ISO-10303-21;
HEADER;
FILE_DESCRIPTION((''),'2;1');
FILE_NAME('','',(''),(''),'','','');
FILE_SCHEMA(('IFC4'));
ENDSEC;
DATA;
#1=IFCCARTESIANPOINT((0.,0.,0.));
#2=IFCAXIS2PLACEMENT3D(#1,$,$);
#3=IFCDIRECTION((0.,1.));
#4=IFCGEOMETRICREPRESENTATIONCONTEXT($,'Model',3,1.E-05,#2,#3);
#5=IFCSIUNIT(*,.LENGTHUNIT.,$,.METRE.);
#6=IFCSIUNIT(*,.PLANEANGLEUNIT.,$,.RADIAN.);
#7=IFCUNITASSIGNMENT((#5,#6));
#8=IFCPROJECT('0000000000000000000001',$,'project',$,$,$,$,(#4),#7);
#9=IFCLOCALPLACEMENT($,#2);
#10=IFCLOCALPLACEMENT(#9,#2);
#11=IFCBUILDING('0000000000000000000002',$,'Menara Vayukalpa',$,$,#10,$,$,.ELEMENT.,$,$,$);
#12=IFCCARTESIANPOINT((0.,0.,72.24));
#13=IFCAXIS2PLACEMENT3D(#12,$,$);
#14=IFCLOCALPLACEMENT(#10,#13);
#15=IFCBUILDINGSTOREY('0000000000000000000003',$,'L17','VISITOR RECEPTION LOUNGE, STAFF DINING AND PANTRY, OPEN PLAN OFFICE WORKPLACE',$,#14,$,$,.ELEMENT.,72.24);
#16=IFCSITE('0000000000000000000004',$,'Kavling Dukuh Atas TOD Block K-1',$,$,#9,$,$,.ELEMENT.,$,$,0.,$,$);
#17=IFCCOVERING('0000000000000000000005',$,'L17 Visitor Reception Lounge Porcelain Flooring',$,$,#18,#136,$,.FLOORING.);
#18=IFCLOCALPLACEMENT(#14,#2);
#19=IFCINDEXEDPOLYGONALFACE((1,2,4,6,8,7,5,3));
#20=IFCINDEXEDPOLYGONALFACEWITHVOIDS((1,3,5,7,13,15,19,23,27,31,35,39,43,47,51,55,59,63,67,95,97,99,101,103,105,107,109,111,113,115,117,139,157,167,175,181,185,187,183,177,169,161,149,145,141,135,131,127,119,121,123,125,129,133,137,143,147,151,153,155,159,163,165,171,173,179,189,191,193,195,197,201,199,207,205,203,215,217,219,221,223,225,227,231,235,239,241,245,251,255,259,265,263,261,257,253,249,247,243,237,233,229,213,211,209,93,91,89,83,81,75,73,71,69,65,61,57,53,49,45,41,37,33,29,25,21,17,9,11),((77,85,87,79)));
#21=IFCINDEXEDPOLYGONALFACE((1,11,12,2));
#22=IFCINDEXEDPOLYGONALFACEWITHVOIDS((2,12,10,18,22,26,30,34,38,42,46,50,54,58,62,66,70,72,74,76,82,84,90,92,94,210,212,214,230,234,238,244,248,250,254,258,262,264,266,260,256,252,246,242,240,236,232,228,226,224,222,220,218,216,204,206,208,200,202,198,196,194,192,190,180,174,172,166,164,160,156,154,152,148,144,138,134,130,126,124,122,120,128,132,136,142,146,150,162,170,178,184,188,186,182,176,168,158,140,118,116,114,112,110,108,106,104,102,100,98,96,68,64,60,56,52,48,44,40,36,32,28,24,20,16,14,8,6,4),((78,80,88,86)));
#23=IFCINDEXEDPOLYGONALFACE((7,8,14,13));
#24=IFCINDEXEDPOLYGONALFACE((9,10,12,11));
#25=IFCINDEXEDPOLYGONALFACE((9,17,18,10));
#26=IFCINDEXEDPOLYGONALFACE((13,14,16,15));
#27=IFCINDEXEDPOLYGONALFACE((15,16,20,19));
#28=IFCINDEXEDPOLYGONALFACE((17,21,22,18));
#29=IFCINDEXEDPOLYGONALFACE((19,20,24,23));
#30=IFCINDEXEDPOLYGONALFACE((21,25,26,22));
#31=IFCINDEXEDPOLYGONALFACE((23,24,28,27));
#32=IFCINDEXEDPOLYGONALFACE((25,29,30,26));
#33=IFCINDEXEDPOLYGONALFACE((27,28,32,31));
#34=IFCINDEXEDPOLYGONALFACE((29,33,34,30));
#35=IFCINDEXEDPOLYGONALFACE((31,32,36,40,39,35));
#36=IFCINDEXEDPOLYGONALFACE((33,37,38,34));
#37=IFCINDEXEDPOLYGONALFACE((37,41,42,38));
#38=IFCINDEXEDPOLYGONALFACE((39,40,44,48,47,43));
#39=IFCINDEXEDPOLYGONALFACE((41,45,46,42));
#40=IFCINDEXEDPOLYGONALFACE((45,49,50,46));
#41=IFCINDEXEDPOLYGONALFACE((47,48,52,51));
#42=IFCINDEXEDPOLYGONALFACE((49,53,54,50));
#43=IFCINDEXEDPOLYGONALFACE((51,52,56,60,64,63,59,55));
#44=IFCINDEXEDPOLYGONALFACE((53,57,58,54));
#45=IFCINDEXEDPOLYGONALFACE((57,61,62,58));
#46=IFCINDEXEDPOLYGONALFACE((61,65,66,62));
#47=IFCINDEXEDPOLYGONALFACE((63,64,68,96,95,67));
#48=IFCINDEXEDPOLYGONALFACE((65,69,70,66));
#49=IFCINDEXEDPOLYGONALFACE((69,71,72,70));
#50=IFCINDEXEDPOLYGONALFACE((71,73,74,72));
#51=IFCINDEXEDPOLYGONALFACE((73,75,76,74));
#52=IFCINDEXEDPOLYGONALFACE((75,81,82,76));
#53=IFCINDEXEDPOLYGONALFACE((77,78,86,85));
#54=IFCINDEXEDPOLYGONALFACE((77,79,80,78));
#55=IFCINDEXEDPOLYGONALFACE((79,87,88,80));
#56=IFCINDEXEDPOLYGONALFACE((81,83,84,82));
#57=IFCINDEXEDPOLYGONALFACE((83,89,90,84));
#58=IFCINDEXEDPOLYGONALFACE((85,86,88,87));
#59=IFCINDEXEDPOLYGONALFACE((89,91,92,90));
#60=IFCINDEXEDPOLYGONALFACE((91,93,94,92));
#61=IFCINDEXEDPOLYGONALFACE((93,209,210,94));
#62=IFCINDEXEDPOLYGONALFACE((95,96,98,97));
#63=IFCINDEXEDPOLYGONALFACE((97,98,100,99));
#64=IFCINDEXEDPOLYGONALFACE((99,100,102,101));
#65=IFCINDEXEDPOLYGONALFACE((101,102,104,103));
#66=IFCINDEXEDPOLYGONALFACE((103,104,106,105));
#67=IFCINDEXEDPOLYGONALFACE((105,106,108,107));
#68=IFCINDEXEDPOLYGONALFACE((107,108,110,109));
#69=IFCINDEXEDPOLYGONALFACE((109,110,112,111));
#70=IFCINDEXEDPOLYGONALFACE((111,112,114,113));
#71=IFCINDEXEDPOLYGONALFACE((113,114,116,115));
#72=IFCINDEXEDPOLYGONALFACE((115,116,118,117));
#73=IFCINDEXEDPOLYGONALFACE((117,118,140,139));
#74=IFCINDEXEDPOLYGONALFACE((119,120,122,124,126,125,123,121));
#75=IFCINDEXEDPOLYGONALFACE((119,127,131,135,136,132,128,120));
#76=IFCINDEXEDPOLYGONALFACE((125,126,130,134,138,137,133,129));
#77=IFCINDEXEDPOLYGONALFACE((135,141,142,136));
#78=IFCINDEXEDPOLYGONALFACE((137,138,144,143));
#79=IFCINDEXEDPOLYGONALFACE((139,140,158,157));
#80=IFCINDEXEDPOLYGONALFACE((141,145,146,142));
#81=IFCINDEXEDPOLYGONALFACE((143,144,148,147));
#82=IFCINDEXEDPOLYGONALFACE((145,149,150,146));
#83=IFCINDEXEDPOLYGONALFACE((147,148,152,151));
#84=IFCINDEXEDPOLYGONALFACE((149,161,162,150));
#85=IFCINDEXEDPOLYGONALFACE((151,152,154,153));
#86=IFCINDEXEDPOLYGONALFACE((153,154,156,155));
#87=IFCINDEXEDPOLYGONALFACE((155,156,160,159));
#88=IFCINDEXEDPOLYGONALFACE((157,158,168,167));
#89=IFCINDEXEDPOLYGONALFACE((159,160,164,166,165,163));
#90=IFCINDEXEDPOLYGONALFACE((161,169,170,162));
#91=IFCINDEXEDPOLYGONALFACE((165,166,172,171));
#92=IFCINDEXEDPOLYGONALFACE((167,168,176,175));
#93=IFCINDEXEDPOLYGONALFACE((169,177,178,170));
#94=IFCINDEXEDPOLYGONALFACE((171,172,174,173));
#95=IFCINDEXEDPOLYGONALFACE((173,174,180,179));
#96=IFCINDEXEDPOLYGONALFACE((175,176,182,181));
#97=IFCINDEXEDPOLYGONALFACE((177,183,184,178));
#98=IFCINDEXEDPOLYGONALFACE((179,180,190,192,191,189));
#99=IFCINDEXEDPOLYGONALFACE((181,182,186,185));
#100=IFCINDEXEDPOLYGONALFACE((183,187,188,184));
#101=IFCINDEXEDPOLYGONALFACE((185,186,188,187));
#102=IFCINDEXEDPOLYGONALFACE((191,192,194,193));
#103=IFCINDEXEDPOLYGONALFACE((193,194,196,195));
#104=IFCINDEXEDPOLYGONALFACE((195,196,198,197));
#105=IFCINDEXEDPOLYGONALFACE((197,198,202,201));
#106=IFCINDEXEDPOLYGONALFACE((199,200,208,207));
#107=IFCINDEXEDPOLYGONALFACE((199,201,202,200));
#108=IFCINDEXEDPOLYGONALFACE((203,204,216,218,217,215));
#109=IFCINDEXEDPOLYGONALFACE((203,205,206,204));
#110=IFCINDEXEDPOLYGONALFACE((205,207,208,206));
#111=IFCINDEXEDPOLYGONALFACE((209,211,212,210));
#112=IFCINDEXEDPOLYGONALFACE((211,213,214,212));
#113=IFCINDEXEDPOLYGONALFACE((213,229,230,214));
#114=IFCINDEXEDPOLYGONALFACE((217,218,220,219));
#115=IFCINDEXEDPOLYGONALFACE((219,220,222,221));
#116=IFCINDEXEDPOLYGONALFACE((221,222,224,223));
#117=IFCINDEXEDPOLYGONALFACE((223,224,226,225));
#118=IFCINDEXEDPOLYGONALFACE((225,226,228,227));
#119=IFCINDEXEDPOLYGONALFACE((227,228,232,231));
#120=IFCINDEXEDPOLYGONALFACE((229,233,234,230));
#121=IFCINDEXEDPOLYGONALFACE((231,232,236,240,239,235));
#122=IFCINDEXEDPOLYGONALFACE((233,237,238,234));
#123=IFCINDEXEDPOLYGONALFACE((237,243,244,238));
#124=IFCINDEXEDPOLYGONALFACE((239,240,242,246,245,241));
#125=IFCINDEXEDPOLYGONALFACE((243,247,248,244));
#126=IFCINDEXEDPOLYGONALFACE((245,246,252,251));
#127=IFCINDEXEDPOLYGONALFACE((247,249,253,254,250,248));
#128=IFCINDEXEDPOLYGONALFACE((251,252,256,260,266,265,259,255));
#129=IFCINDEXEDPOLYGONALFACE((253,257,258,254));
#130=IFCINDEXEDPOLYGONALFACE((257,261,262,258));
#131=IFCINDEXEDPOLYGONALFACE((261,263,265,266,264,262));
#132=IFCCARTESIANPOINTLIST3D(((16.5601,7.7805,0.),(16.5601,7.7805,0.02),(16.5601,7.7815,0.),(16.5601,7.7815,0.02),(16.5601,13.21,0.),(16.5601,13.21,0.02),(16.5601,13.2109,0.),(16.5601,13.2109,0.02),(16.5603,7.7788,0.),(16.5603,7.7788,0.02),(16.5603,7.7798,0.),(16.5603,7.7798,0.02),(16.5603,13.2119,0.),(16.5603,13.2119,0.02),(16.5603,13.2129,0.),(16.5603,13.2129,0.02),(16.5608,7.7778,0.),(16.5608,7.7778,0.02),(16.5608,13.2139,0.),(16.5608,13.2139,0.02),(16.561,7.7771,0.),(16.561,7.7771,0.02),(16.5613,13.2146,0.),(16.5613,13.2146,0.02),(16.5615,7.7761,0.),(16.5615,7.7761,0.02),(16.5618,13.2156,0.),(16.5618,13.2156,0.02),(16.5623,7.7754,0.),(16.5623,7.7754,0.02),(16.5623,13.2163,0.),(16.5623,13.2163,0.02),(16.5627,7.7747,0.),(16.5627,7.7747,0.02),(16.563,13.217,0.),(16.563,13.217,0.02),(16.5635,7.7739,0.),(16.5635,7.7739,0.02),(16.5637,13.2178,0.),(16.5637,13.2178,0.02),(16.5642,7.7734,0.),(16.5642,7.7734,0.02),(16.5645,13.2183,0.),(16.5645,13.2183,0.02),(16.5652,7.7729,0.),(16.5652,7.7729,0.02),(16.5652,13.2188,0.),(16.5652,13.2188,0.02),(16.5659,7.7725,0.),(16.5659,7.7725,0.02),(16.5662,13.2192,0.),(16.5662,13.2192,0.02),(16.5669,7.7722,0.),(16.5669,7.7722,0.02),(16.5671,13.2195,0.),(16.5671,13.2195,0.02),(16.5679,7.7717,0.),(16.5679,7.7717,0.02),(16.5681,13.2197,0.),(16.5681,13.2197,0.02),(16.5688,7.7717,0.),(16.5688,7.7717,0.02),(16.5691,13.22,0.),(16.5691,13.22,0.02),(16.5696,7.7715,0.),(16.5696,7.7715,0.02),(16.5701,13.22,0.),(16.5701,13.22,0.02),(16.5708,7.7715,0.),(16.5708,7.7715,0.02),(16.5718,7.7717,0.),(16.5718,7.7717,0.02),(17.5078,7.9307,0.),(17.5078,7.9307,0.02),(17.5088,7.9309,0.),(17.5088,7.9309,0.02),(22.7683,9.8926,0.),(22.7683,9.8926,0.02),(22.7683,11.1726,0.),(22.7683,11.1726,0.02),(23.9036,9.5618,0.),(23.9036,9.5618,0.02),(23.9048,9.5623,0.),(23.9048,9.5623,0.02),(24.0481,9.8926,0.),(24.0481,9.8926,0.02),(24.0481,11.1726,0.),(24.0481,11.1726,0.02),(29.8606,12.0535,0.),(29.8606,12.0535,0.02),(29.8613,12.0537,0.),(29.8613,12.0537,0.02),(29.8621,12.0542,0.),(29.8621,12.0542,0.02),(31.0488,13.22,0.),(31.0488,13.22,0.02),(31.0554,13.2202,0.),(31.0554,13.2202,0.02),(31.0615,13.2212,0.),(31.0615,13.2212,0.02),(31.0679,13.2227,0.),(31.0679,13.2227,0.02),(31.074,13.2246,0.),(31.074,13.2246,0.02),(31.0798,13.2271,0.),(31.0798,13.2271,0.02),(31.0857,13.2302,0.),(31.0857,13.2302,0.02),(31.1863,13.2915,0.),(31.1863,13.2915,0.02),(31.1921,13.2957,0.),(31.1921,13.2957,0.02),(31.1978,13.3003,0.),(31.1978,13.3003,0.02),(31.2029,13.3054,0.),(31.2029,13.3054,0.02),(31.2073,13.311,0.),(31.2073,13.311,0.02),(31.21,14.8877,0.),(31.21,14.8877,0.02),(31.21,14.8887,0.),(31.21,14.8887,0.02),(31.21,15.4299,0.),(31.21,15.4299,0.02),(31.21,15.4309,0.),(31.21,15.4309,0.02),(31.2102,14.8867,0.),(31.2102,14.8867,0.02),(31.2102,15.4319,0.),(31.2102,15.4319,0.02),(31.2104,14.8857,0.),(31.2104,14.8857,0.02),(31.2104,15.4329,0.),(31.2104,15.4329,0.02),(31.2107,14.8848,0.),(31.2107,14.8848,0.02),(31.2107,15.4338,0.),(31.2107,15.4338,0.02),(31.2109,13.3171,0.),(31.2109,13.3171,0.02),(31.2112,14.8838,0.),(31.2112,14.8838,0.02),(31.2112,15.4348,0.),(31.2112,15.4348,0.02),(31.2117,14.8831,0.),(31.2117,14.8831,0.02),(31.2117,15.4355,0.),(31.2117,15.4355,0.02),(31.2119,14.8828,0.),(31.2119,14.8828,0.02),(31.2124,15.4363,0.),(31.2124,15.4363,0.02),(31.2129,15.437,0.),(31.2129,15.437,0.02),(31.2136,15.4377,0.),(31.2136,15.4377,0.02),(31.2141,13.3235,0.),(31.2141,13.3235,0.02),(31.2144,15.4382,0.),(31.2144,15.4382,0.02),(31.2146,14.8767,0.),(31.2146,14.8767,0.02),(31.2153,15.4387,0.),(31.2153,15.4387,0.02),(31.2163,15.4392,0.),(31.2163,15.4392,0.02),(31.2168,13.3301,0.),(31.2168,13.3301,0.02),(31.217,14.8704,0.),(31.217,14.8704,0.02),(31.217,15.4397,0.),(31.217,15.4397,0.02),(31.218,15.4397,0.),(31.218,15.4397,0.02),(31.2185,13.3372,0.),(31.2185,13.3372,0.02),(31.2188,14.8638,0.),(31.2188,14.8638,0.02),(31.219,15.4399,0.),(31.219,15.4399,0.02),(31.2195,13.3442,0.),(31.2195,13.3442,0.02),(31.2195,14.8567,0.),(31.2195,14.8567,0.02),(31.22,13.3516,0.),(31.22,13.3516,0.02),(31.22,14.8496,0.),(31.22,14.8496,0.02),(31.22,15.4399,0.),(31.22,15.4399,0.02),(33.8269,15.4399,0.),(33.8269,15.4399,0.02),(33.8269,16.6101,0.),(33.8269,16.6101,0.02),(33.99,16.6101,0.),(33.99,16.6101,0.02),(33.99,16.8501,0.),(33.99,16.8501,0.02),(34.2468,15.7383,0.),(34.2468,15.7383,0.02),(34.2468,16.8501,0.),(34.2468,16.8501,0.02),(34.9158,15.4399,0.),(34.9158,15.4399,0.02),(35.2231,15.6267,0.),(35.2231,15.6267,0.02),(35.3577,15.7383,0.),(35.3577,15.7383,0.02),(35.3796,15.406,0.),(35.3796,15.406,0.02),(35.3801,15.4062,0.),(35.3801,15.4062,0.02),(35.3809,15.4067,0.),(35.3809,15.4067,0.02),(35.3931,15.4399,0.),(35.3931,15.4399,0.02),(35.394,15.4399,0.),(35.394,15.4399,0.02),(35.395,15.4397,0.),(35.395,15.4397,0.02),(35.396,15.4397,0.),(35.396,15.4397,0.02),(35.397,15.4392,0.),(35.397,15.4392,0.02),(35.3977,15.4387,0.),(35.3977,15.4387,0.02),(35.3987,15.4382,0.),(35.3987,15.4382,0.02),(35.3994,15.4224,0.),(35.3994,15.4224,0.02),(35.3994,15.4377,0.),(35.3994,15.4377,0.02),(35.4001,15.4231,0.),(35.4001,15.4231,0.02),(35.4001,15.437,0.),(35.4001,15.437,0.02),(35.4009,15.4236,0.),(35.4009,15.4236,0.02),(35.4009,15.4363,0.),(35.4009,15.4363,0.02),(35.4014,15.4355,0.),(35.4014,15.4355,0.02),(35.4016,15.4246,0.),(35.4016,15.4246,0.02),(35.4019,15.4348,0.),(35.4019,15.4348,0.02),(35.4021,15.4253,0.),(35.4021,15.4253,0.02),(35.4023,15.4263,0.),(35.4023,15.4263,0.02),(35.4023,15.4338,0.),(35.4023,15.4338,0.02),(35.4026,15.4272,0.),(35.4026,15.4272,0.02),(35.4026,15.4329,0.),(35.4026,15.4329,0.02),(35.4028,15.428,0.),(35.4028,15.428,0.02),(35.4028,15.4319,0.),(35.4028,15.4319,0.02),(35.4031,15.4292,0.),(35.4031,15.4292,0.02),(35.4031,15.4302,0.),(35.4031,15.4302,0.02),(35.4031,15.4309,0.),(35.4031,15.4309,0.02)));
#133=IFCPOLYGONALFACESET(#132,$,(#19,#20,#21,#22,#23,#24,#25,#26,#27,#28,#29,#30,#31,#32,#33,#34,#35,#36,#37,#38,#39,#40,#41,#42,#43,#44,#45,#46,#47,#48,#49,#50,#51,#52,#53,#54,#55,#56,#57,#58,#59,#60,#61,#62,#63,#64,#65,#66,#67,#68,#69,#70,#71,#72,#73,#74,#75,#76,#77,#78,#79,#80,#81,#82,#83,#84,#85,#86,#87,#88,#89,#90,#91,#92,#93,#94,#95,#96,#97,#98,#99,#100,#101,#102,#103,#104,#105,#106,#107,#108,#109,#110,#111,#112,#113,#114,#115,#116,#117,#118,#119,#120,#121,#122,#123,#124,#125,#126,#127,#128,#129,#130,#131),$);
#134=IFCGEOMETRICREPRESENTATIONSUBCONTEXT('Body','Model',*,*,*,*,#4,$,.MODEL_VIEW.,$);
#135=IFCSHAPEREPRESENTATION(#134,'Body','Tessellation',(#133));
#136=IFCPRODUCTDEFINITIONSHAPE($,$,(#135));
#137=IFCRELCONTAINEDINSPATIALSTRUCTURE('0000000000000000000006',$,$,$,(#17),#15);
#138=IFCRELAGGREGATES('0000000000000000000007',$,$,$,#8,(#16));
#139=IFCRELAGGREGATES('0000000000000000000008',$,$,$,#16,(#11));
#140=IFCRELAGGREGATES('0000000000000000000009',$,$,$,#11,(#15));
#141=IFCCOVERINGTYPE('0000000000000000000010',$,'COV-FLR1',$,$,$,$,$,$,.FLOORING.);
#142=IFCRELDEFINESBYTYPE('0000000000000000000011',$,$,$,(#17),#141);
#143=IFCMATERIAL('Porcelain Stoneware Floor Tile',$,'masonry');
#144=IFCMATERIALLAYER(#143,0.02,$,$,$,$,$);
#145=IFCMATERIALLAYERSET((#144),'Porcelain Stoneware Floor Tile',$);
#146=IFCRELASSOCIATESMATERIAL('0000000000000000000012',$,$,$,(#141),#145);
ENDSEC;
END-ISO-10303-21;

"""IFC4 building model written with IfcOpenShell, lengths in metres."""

from ifc_helpers import new_model, si_unit, direction, frame, origin, place, context, subcontext, project, spatial, polyline, outline, extrude, material, layer, layer_set, type_object, element, save


model = new_model("IFC4")

# Units and contexts
model_context = context("Model", 3, precision=1e-05, world=origin(), true_north=direction((0.0, 1.0)))
body_context = subcontext(model_context, "Body", "Model", "MODEL_VIEW")
ifc_project = project(units=[si_unit("LENGTHUNIT", "METRE"), si_unit("PLANEANGLEUNIT", "RADIAN")], contexts=[model_context])

# Site, building, storey
site_placement = place(None, origin())
site = spatial("IfcSite", under=ifc_project, at=site_placement, Name="Kavling Dukuh Atas TOD Block K-1", CompositionType="ELEMENT", RefElevation=0.0)
building_placement = place(site_placement, origin())
building = spatial("IfcBuilding", under=site, at=building_placement, Name="Menara Vayukalpa", CompositionType="ELEMENT")
storey_placement = place(building_placement, frame((0.0, 0.0, 72.24)))
storey = spatial("IfcBuildingStorey", under=building, at=storey_placement, Name="L17", Description="VISITOR RECEPTION LOUNGE, STAFF DINING AND PANTRY, OPEN PLAN OFFICE WORKPLACE", CompositionType="ELEMENT", Elevation=72.24)

# Covering
ifc_material_1 = material(Name="Porcelain Stoneware Floor Tile", Category="masonry")
ifc_layer_1 = layer(ifc_material_1, 0.02)
ifc_layer_set_1 = layer_set([ifc_layer_1], Name="Porcelain Stoneware Floor Tile")
covering_type_1 = type_object("IfcCoveringType", Name="COV-FLR1", PredefinedType="FLOORING", material=ifc_layer_set_1)
covering_1_placement = place(storey_placement, origin())
element("IfcCovering", 1, at=covering_1_placement, inside=storey, type_object=covering_type_1, Name="L17 Visitor Reception Lounge Porcelain Flooring", PredefinedType="FLOORING", context=body_context, shape_type="SweptSolid", body=[
    extrude(outline(polyline([(23.9048, 9.5623), (23.9036, 9.5618), (17.5088, 7.9309), (17.5078, 7.9307), (16.5718, 7.7717), (16.5708, 7.7715), (16.5696, 7.7715), (16.5688, 7.7717), (16.5679, 7.7717), (16.5669, 7.7722), (16.5659, 7.7725), (16.5652, 7.7729), (16.5642, 7.7734), (16.5635, 7.7739), (16.5627, 7.7747), (16.5623, 7.7754), (16.5615, 7.7761), (16.561, 7.7771), (16.5608, 7.7778), (16.5603, 7.7788), (16.5603, 7.7798), (16.5601, 7.7805), (16.5601, 7.7815), (16.5601, 13.21), (16.5601, 13.2109), (16.5603, 13.2119), (16.5603, 13.2129), (16.5608, 13.2139), (16.5613, 13.2146), (16.5618, 13.2156), (16.5623, 13.2163), (16.563, 13.217), (16.5637, 13.2178), (16.5645, 13.2183), (16.5652, 13.2188), (16.5662, 13.2192), (16.5671, 13.2195), (16.5681, 13.2197), (16.5691, 13.22), (16.5701, 13.22), (31.0488, 13.22), (31.0554, 13.2202), (31.0615, 13.2212), (31.0679, 13.2227), (31.074, 13.2246), (31.0798, 13.2271), (31.0857, 13.2302), (31.1863, 13.2915), (31.1921, 13.2957), (31.1978, 13.3003), (31.2029, 13.3054), (31.2073, 13.311), (31.2109, 13.3171), (31.2141, 13.3235), (31.2168, 13.3301), (31.2185, 13.3372), (31.2195, 13.3442), (31.22, 13.3516), (31.22, 14.8496), (31.2195, 14.8567), (31.2188, 14.8638), (31.217, 14.8704), (31.2146, 14.8767), (31.2119, 14.8828), (31.2117, 14.8831), (31.2112, 14.8838), (31.2107, 14.8848), (31.2104, 14.8857), (31.2102, 14.8867), (31.21, 14.8877), (31.21, 14.8887), (31.21, 15.4299), (31.21, 15.4309), (31.2102, 15.4319), (31.2104, 15.4329), (31.2107, 15.4338), (31.2112, 15.4348), (31.2117, 15.4355), (31.2124, 15.4363), (31.2129, 15.437), (31.2136, 15.4377), (31.2144, 15.4382), (31.2153, 15.4387), (31.2163, 15.4392), (31.217, 15.4397), (31.218, 15.4397), (31.219, 15.4399), (31.22, 15.4399), (33.8269, 15.4399), (33.8269, 16.6101), (33.99, 16.6101), (33.99, 16.8501), (34.2468, 16.8501), (34.2468, 15.7383), (35.3577, 15.7383), (35.2231, 15.6267), (34.9158, 15.4399), (35.3931, 15.4399), (35.394, 15.4399), (35.395, 15.4397), (35.396, 15.4397), (35.397, 15.4392), (35.3977, 15.4387), (35.3987, 15.4382), (35.3994, 15.4377), (35.4001, 15.437), (35.4009, 15.4363), (35.4014, 15.4355), (35.4019, 15.4348), (35.4023, 15.4338), (35.4026, 15.4329), (35.4028, 15.4319), (35.4031, 15.4309), (35.4031, 15.4302), (35.4031, 15.4292), (35.4028, 15.428), (35.4026, 15.4272), (35.4023, 15.4263), (35.4021, 15.4253), (35.4016, 15.4246), (35.4009, 15.4236), (35.4001, 15.4231), (35.3994, 15.4224), (35.3809, 15.4067), (35.3801, 15.4062), (35.3796, 15.406), (29.8621, 12.0542), (29.8613, 12.0537), (29.8606, 12.0535), (23.9048, 9.5623)]), holes=[polyline([(24.0481, 11.1726), (22.7683, 11.1726), (22.7683, 9.8926), (24.0481, 9.8926), (24.0481, 11.1726)])]), origin(), (0.0, 0.0, 1.0), 0.02),
])

save(model, "model.ifc")
